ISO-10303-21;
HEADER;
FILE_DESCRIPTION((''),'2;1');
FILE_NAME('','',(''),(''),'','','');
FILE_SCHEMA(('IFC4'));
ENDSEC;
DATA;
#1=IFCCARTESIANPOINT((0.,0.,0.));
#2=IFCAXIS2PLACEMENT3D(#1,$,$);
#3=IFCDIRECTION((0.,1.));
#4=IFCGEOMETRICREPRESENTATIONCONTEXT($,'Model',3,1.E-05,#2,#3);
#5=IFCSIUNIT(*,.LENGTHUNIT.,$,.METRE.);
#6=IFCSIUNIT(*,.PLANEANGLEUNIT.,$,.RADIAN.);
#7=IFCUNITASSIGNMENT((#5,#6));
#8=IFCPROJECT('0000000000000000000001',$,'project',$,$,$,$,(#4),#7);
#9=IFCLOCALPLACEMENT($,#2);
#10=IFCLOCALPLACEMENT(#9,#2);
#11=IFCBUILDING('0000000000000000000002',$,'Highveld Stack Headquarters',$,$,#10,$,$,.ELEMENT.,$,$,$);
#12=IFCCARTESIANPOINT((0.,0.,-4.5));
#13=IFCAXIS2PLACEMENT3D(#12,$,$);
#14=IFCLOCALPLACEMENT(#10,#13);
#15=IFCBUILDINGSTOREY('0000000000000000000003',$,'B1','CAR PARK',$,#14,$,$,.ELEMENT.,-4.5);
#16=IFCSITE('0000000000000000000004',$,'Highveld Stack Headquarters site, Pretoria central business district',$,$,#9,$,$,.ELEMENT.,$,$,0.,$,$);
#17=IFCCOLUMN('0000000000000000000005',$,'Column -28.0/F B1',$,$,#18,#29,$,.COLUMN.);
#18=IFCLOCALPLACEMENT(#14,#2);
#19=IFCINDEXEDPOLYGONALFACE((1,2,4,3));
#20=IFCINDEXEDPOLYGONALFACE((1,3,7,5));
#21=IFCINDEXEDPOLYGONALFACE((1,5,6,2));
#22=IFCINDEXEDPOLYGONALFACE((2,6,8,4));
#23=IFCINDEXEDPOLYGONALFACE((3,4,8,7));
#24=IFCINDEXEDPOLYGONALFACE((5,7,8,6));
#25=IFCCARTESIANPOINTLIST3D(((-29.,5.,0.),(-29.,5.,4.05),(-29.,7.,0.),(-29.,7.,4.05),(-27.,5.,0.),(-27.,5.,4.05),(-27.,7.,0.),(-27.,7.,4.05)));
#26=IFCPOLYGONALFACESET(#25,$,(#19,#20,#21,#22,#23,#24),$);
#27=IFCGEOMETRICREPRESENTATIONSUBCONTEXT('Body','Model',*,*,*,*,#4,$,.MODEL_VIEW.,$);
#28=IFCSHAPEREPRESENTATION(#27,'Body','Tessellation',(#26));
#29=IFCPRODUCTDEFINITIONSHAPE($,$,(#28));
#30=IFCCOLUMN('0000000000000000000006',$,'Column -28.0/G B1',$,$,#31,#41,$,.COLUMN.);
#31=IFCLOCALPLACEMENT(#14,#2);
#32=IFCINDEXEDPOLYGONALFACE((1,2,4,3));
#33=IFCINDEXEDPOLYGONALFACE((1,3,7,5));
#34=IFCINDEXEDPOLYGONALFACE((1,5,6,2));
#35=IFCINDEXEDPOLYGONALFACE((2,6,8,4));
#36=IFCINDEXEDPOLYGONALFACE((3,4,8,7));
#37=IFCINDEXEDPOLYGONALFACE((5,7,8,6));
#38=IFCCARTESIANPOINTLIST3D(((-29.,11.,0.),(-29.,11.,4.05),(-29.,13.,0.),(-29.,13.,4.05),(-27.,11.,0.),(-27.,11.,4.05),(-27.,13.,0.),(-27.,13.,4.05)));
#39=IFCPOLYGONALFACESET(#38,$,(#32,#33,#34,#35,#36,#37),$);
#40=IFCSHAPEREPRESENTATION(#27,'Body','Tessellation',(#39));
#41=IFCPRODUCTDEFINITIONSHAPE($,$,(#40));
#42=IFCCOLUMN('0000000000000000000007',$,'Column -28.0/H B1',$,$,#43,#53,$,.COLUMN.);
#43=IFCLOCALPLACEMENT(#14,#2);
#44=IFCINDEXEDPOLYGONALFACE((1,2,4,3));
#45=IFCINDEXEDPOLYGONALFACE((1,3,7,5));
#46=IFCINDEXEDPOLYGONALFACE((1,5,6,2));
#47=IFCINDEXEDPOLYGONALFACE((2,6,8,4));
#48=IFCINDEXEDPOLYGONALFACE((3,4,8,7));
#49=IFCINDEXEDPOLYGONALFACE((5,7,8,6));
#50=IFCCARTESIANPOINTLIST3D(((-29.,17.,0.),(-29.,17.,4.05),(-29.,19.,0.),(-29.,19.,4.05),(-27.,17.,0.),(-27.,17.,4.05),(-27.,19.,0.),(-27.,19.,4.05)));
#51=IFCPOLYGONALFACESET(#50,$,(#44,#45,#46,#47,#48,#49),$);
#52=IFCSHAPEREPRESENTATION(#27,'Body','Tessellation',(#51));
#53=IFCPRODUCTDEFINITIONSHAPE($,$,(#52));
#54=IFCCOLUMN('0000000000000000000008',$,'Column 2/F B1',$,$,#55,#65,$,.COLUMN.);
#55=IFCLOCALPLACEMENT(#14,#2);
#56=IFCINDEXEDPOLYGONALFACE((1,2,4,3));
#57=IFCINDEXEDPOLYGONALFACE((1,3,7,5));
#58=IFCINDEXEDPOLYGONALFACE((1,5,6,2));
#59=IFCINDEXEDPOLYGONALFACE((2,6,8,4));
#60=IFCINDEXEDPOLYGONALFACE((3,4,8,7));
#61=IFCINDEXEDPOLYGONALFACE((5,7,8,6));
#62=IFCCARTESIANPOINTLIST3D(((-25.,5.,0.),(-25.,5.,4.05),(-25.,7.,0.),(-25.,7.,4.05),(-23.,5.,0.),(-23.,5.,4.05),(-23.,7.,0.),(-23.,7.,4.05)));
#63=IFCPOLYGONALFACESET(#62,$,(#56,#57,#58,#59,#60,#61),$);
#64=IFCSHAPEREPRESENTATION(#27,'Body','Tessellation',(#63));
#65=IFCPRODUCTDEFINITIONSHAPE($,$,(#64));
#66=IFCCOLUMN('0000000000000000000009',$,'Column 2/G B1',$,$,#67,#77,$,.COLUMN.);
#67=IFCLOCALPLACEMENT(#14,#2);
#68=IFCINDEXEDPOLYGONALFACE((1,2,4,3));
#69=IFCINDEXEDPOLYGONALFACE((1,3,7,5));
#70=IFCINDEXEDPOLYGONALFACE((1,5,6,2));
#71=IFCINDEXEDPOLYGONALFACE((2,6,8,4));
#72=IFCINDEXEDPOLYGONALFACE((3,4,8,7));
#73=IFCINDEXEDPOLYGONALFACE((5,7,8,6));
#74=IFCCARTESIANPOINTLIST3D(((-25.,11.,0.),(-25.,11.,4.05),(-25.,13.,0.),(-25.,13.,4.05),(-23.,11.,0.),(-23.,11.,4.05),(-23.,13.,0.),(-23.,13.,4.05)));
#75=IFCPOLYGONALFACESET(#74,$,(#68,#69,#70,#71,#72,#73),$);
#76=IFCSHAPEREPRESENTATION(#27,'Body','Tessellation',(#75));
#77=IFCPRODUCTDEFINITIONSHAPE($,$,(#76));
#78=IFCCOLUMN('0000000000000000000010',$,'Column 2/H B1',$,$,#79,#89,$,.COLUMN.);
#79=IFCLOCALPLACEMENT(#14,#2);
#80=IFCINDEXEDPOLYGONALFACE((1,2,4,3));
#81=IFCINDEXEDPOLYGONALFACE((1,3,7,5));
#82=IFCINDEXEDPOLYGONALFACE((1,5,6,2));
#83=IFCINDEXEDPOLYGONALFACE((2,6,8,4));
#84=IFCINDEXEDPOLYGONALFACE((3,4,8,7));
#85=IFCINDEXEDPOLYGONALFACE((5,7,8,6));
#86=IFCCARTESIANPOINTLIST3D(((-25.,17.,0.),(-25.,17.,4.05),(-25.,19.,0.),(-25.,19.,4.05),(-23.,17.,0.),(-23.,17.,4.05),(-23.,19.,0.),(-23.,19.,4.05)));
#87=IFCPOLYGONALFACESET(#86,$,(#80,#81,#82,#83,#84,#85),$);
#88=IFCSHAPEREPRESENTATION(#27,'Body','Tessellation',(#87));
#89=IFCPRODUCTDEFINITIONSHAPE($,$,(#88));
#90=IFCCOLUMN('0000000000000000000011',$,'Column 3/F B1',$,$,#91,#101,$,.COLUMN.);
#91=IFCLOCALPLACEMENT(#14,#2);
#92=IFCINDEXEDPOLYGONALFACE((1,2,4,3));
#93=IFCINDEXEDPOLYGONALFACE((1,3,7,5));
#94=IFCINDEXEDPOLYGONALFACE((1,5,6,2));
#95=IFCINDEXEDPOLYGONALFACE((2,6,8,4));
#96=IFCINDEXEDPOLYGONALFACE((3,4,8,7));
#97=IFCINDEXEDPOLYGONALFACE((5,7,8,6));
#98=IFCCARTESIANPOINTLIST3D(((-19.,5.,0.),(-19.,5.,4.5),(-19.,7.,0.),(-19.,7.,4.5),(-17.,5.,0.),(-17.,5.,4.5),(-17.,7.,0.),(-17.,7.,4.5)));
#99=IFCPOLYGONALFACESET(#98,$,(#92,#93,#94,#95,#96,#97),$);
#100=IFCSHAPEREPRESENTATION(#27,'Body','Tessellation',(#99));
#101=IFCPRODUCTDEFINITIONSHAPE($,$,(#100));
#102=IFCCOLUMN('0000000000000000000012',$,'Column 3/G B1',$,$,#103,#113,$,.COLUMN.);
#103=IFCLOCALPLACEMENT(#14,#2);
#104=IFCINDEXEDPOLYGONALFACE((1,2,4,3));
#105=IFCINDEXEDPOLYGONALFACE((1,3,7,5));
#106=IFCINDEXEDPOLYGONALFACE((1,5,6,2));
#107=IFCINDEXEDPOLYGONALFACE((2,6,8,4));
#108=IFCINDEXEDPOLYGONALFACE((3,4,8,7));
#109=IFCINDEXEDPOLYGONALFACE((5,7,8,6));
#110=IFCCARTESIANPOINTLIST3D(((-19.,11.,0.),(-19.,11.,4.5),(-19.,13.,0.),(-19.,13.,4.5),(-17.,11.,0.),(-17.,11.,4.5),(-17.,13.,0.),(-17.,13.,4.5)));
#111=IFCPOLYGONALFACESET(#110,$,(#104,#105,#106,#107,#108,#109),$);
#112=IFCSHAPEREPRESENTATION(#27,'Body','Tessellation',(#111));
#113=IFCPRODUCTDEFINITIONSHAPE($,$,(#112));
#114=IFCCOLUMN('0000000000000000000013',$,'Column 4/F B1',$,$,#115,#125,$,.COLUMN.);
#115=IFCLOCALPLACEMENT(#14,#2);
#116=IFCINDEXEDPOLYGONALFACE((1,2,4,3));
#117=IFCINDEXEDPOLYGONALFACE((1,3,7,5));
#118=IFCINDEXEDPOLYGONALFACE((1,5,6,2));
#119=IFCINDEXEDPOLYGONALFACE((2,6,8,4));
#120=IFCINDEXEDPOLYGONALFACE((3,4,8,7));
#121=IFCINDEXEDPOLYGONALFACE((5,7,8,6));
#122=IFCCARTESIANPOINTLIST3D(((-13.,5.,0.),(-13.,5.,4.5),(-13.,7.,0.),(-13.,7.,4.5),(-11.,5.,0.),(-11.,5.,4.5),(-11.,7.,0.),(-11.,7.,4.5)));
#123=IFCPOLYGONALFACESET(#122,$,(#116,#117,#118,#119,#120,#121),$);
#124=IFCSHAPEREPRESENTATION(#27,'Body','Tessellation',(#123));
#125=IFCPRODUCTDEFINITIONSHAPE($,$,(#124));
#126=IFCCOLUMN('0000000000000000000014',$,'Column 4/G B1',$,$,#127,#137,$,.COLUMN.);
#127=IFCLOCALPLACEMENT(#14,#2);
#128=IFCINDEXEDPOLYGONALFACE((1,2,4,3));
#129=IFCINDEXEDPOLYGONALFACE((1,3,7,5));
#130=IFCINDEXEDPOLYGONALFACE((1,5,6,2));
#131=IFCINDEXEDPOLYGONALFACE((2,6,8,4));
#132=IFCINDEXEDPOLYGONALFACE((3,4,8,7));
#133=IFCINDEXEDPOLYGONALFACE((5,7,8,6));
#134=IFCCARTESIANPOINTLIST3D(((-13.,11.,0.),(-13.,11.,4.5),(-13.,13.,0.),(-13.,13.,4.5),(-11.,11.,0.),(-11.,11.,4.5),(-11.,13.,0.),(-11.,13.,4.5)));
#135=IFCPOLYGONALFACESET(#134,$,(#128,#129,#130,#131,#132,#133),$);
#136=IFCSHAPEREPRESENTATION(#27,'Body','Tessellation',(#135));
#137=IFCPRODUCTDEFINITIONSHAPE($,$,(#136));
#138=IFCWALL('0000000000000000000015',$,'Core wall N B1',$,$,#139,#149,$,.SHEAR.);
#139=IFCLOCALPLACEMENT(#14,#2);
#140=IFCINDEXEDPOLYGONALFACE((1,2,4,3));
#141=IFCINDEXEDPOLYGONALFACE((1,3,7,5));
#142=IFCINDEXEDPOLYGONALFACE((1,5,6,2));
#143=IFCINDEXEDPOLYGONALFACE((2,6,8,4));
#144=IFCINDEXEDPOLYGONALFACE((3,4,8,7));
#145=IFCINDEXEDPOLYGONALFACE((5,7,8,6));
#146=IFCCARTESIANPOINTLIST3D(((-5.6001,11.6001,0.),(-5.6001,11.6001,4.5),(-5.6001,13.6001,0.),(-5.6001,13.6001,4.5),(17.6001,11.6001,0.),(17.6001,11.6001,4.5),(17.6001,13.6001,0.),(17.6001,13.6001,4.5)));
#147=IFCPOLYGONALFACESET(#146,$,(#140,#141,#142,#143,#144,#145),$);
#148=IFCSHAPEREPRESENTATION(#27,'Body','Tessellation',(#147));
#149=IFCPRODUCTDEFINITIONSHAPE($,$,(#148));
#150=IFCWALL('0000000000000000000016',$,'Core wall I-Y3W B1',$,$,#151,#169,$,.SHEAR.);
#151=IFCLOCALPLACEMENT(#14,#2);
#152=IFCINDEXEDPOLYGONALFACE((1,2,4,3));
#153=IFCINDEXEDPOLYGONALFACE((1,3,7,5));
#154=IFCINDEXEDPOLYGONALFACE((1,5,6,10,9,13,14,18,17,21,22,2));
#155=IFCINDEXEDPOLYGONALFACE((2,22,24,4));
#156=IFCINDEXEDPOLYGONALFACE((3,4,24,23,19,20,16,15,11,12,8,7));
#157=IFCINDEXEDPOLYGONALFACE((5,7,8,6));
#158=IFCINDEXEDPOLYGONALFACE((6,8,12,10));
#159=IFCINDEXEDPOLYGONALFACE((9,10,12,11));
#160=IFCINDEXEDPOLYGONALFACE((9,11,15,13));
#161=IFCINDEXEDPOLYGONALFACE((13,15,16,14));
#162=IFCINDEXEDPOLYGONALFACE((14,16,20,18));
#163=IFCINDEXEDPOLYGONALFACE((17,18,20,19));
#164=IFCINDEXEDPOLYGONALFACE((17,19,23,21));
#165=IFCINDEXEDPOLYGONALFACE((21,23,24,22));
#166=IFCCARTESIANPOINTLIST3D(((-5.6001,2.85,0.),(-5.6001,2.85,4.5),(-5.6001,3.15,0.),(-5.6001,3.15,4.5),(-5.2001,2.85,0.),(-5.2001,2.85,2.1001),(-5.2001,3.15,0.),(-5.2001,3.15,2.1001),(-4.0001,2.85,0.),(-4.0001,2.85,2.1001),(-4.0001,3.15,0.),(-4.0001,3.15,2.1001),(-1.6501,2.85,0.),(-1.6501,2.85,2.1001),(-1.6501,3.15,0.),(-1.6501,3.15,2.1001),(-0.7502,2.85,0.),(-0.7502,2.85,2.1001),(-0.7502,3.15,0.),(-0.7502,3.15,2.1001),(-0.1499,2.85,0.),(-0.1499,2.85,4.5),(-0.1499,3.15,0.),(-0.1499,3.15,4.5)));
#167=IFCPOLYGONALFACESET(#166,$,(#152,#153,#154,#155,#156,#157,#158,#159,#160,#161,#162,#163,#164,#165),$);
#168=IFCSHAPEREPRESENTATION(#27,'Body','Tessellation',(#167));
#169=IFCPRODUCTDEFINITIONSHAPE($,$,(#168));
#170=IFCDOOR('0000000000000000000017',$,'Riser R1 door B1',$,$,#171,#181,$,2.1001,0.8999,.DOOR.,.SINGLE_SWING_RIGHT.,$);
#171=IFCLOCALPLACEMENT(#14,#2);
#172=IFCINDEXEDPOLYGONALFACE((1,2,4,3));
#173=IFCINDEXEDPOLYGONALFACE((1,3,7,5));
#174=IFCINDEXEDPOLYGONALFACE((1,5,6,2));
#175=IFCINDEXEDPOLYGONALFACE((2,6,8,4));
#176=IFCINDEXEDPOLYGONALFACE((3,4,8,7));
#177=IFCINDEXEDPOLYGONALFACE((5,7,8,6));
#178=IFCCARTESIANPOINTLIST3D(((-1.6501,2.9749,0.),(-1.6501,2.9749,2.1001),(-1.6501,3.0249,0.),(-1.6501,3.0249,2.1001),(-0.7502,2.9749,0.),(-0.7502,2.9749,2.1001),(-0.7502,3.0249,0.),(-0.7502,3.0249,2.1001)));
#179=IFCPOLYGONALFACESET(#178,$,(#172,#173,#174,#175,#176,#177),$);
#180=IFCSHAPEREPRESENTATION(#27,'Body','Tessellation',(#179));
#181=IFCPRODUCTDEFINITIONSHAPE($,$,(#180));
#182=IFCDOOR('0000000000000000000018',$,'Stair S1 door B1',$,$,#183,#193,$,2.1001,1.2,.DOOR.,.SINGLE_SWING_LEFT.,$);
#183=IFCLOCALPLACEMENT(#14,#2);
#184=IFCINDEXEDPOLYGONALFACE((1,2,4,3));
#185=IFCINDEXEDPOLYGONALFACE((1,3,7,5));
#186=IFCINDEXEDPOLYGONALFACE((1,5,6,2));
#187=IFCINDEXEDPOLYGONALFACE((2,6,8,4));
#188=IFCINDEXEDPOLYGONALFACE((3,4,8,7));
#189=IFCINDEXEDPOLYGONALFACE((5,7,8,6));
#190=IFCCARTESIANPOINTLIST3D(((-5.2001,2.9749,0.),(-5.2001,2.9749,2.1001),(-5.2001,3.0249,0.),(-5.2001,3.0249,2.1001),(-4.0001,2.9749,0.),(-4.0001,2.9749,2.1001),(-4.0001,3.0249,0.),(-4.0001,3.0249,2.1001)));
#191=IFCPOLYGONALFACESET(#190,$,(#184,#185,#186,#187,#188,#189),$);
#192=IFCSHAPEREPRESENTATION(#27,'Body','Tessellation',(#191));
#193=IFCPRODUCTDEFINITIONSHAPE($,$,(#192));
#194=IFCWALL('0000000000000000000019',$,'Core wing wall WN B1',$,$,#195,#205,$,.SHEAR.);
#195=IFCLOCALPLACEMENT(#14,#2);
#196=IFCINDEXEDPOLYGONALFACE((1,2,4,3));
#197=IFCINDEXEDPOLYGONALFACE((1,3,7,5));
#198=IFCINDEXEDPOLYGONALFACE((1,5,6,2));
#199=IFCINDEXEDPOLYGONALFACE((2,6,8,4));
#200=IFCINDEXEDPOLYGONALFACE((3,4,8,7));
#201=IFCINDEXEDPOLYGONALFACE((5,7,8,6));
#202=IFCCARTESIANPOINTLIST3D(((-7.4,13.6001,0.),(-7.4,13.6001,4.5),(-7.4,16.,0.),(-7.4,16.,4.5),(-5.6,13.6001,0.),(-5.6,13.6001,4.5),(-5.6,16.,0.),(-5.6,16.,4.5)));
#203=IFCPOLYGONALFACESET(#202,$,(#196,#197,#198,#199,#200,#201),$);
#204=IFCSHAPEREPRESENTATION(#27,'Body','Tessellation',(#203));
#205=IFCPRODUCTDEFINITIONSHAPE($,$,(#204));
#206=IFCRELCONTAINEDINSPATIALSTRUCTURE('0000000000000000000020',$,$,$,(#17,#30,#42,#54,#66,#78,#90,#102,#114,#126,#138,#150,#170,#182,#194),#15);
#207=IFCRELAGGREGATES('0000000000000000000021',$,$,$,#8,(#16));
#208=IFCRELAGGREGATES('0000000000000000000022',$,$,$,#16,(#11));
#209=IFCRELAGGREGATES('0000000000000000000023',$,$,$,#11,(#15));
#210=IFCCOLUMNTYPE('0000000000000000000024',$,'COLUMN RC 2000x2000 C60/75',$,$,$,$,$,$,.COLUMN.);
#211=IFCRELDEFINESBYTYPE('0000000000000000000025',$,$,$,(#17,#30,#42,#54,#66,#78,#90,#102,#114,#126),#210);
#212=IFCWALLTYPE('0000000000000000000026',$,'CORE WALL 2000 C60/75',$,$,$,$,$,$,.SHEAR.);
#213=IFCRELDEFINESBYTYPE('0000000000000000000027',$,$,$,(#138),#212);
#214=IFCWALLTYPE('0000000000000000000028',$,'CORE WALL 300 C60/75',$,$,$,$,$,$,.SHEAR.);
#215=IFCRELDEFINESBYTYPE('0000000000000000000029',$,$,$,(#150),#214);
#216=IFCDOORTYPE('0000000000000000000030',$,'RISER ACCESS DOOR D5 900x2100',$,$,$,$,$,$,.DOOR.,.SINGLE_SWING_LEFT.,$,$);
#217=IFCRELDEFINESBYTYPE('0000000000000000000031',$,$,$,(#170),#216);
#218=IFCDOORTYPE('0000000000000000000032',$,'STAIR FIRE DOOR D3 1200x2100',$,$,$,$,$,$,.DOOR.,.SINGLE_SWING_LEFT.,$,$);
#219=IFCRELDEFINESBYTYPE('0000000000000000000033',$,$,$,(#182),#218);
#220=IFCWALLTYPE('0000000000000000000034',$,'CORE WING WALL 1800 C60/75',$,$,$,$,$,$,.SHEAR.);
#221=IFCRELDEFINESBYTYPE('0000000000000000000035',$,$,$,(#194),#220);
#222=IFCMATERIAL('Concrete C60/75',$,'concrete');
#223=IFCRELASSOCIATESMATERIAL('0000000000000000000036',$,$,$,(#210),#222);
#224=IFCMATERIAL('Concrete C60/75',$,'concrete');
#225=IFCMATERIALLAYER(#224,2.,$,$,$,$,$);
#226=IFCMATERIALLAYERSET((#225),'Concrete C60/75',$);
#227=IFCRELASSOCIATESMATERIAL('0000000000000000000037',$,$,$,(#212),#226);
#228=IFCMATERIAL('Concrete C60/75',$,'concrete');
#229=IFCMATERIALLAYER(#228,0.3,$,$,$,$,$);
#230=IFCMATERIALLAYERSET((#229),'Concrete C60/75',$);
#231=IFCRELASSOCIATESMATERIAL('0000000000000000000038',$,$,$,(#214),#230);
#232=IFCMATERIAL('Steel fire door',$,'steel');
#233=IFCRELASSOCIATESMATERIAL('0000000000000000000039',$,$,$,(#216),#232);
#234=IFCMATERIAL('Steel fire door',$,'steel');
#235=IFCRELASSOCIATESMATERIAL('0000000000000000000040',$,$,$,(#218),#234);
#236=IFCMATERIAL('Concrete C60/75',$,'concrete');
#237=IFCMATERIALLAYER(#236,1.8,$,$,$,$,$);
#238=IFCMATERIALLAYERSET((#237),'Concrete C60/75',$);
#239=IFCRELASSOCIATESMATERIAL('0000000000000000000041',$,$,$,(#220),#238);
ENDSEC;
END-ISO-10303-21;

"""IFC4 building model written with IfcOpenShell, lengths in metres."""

from ifc_helpers import new_model, si_unit, direction, frame, frame_2d, origin, origin_2d, place, context, subcontext, project, spatial, rectangle, extrude, material, layer, layer_set, material_profile, profile_set, type_object, element, fill, save


model = new_model("IFC4")

# Units and contexts
model_context = context("Model", 3, precision=1e-05, world=origin(), true_north=direction((0.0, 1.0)))
body_context = subcontext(model_context, "Body", "Model", "MODEL_VIEW")
ifc_project = project(units=[si_unit("LENGTHUNIT", "METRE"), si_unit("PLANEANGLEUNIT", "RADIAN")], contexts=[model_context])

# Site, building, storey
site_placement = place(None, origin())
site = spatial("IfcSite", under=ifc_project, at=site_placement, Name="Highveld Stack Headquarters site, Pretoria central business district", CompositionType="ELEMENT", RefElevation=0.0)
building_placement = place(site_placement, origin())
building = spatial("IfcBuilding", under=site, at=building_placement, Name="Highveld Stack Headquarters", CompositionType="ELEMENT")
storey_placement = place(building_placement, frame((0.0, 0.0, -4.5)))
storey = spatial("IfcBuildingStorey", under=building, at=storey_placement, Name="B1", Description="CAR PARK", CompositionType="ELEMENT", Elevation=-4.5)

# Columns
ifc_material_1 = material(Name="Concrete C60/75", Category="concrete")
ifc_material_profile = material_profile(ifc_material_1, rectangle(XDim=2.0, YDim=2.0, at=origin_2d()), Name="RC 2000x2000")
ifc_profile_set = profile_set([ifc_material_profile], Name="Concrete C60/75")
column_type = type_object("IfcColumnType", Name="COLUMN RC 2000x2000 C60/75", PredefinedType="COLUMN", material=ifc_profile_set)
for number, where, z_axis, x_axis, name in (
    (1, (-28.0, 6.0, 0.0), (0.0, 0.0, 1.0), (1.0, 0.0, 0.0), "Column -28.0/F B1"),
    (2, (-28.0, 12.0, 0.0), (0.0, 0.0, 1.0), (1.0, 0.0, 0.0), "Column -28.0/G B1"),
    (3, (-28.0, 18.0, 0.0), (0.0, 0.0, 1.0), (1.0, 0.0, 0.0), "Column -28.0/H B1"),
    (4, (-24.0, 6.0, 0.0), (0.0, 0.0, 1.0), (1.0, 0.0, 0.0), "Column 2/F B1"),
    (5, (-24.0, 12.0, 0.0), (0.0, 0.0, 1.0), (1.0, 0.0, 0.0), "Column 2/G B1"),
    (6, (-24.0, 18.0, 0.0), (0.0, 0.0, 1.0), (1.0, 0.0, 0.0), "Column 2/H B1"),
):
    element("IfcColumn", number, at=place(storey_placement, frame(where, z_axis=z_axis, x_axis=x_axis)), inside=storey, type_object=column_type, Name=name, PredefinedType="COLUMN", context=body_context, shape_type="SweptSolid", body=[
        extrude(rectangle(XDim=2.0, YDim=2.0, at=origin_2d()), origin(), (0.0, 0.0, 1.0), 4.05),
    ])
for number, where, z_axis, x_axis, name in (
    (7, (-18.0, 6.0, 0.0), (0.0, 0.0, 1.0), (1.0, 0.0, 0.0), "Column 3/F B1"),
    (8, (-18.0, 12.0, 0.0), (0.0, 0.0, 1.0), (1.0, 0.0, 0.0), "Column 3/G B1"),
    (9, (-12.0, 6.0, 0.0), (0.0, 0.0, 1.0), (1.0, 0.0, 0.0), "Column 4/F B1"),
    (10, (-12.0, 12.0, 0.0), (0.0, 0.0, 1.0), (1.0, 0.0, 0.0), "Column 4/G B1"),
):
    element("IfcColumn", number, at=place(storey_placement, frame(where, z_axis=z_axis, x_axis=x_axis)), inside=storey, type_object=column_type, Name=name, PredefinedType="COLUMN", context=body_context, shape_type="SweptSolid", body=[
        extrude(rectangle(XDim=2.0, YDim=2.0, at=origin_2d()), origin(), (0.0, 0.0, 1.0), 4.5),
    ])

# Wall
ifc_material_2 = material(Name="Concrete C60/75", Category="concrete")
ifc_layer_1 = layer(ifc_material_2, 2.0)
ifc_layer_set_1 = layer_set([ifc_layer_1], Name="Concrete C60/75")
wall_type_1 = type_object("IfcWallType", Name="CORE WALL 2000 C60/75", PredefinedType="SHEAR", material=ifc_layer_set_1)
wall_1_placement = place(storey_placement, frame((-5.6001, 12.6001, 0.0), z_axis=(0.0, 0.0, 1.0), x_axis=(1.0, 0.0, 0.0)))
element("IfcWall", 11, at=wall_1_placement, inside=storey, type_object=wall_type_1, Name="Core wall N B1", PredefinedType="SHEAR", context=body_context, shape_type="SweptSolid", body=[
    extrude(rectangle(XDim=23.2002, YDim=2.0, at=frame_2d((11.6001, 0.0))), origin(), (0.0, 0.0, 1.0), 4.5),
])

# Wall, openings, doors
ifc_material_3 = material(Name="Concrete C60/75", Category="concrete")
ifc_layer_2 = layer(ifc_material_3, 0.3)
ifc_layer_set_2 = layer_set([ifc_layer_2], Name="Concrete C60/75")
wall_type_2 = type_object("IfcWallType", Name="CORE WALL 300 C60/75", PredefinedType="SHEAR", material=ifc_layer_set_2)
wall_2_placement = place(storey_placement, frame((-5.6001, 3.0, 0.0), z_axis=(0.0, 0.0, 1.0), x_axis=(1.0, 0.0, 0.0)))
wall_2 = element("IfcWall", 12, at=wall_2_placement, inside=storey, type_object=wall_type_2, Name="Core wall I-Y3W B1", PredefinedType="SHEAR", context=body_context, shape_type="SweptSolid", body=[
    extrude(rectangle(XDim=5.4502, YDim=0.3, at=frame_2d((2.7251, 0.0))), origin(), (0.0, 0.0, 1.0), 4.5),
])
opening_1_placement = place(wall_2_placement, frame((0.3999, 0.0, 0.0)))
opening_1 = element("IfcOpeningElement", 13, at=opening_1_placement, cuts=wall_2, PredefinedType="OPENING", context=body_context, shape_type="SweptSolid", body=[
    extrude(rectangle(XDim=1.2, YDim=2.1001, at=frame_2d((0.6001, 1.05))), frame((0.0, 0.1599, 0.0), z_axis=(0.0, -1.0, 0.0), x_axis=(1.0, 0.0, 0.0)), (0.0, 0.0, 1.0), 0.3201),
])
opening_2_placement = place(wall_2_placement, frame((3.95, 0.0, 0.0)))
opening_2 = element("IfcOpeningElement", 14, at=opening_2_placement, cuts=wall_2, PredefinedType="OPENING", context=body_context, shape_type="SweptSolid", body=[
    extrude(rectangle(XDim=0.8999, YDim=2.1001, at=frame_2d((0.45, 1.05))), frame((0.0, 0.1599, 0.0), z_axis=(0.0, -1.0, 0.0), x_axis=(1.0, 0.0, 0.0)), (0.0, 0.0, 1.0), 0.3201),
])
ifc_material_4 = material(Name="Steel fire door", Category="steel")
door_type_1 = type_object("IfcDoorType", Name="RISER ACCESS DOOR D5 900x2100", OperationType="SINGLE_SWING_LEFT", PredefinedType="DOOR", material=ifc_material_4)
door_1_placement = place(opening_2_placement, origin())
door_1 = element("IfcDoor", 15, at=door_1_placement, inside=storey, type_object=door_type_1, Name="Riser R1 door B1", OperationType="SINGLE_SWING_RIGHT", OverallHeight=2.1001, OverallWidth=0.8999, PredefinedType="DOOR", context=body_context, shape_type="SweptSolid", body=[
    extrude(rectangle(XDim=0.8999, YDim=2.1001, at=frame_2d((0.45, 1.05))), frame((0.0, 0.0249, 0.0), z_axis=(0.0, -1.0, 0.0), x_axis=(1.0, 0.0, 0.0)), (0.0, 0.0, 1.0), 0.05),
])
fill(opening_2, door_1)
ifc_material_5 = material(Name="Steel fire door", Category="steel")
door_type_2 = type_object("IfcDoorType", Name="STAIR FIRE DOOR D3 1200x2100", OperationType="SINGLE_SWING_LEFT", PredefinedType="DOOR", material=ifc_material_5)
door_2_placement = place(opening_1_placement, origin())
door_2 = element("IfcDoor", 16, at=door_2_placement, inside=storey, type_object=door_type_2, Name="Stair S1 door B1", OperationType="SINGLE_SWING_LEFT", OverallHeight=2.1001, OverallWidth=1.2, PredefinedType="DOOR", context=body_context, shape_type="SweptSolid", body=[
    extrude(rectangle(XDim=1.2, YDim=2.1001, at=frame_2d((0.6001, 1.05))), frame((0.0, 0.0249, 0.0), z_axis=(0.0, -1.0, 0.0), x_axis=(1.0, 0.0, 0.0)), (0.0, 0.0, 1.0), 0.05),
])
fill(opening_1, door_2)

# Wall
ifc_material_6 = material(Name="Concrete C60/75", Category="concrete")
ifc_layer_3 = layer(ifc_material_6, 1.8)
ifc_layer_set_3 = layer_set([ifc_layer_3], Name="Concrete C60/75")
wall_type_3 = type_object("IfcWallType", Name="CORE WING WALL 1800 C60/75", PredefinedType="SHEAR", material=ifc_layer_set_3)
wall_3_placement = place(storey_placement, frame((-6.5, 13.6001, 0.0), z_axis=(0.0, 0.0, 1.0), x_axis=(0.0, 1.0, 0.0)))
element("IfcWall", 17, at=wall_3_placement, inside=storey, type_object=wall_type_3, Name="Core wing wall WN B1", PredefinedType="SHEAR", context=body_context, shape_type="SweptSolid", body=[
    extrude(rectangle(XDim=2.3999, YDim=1.8, at=frame_2d((1.2, 0.0))), origin(), (0.0, 0.0, 1.0), 4.5),
])

save(model, "model.ifc")
